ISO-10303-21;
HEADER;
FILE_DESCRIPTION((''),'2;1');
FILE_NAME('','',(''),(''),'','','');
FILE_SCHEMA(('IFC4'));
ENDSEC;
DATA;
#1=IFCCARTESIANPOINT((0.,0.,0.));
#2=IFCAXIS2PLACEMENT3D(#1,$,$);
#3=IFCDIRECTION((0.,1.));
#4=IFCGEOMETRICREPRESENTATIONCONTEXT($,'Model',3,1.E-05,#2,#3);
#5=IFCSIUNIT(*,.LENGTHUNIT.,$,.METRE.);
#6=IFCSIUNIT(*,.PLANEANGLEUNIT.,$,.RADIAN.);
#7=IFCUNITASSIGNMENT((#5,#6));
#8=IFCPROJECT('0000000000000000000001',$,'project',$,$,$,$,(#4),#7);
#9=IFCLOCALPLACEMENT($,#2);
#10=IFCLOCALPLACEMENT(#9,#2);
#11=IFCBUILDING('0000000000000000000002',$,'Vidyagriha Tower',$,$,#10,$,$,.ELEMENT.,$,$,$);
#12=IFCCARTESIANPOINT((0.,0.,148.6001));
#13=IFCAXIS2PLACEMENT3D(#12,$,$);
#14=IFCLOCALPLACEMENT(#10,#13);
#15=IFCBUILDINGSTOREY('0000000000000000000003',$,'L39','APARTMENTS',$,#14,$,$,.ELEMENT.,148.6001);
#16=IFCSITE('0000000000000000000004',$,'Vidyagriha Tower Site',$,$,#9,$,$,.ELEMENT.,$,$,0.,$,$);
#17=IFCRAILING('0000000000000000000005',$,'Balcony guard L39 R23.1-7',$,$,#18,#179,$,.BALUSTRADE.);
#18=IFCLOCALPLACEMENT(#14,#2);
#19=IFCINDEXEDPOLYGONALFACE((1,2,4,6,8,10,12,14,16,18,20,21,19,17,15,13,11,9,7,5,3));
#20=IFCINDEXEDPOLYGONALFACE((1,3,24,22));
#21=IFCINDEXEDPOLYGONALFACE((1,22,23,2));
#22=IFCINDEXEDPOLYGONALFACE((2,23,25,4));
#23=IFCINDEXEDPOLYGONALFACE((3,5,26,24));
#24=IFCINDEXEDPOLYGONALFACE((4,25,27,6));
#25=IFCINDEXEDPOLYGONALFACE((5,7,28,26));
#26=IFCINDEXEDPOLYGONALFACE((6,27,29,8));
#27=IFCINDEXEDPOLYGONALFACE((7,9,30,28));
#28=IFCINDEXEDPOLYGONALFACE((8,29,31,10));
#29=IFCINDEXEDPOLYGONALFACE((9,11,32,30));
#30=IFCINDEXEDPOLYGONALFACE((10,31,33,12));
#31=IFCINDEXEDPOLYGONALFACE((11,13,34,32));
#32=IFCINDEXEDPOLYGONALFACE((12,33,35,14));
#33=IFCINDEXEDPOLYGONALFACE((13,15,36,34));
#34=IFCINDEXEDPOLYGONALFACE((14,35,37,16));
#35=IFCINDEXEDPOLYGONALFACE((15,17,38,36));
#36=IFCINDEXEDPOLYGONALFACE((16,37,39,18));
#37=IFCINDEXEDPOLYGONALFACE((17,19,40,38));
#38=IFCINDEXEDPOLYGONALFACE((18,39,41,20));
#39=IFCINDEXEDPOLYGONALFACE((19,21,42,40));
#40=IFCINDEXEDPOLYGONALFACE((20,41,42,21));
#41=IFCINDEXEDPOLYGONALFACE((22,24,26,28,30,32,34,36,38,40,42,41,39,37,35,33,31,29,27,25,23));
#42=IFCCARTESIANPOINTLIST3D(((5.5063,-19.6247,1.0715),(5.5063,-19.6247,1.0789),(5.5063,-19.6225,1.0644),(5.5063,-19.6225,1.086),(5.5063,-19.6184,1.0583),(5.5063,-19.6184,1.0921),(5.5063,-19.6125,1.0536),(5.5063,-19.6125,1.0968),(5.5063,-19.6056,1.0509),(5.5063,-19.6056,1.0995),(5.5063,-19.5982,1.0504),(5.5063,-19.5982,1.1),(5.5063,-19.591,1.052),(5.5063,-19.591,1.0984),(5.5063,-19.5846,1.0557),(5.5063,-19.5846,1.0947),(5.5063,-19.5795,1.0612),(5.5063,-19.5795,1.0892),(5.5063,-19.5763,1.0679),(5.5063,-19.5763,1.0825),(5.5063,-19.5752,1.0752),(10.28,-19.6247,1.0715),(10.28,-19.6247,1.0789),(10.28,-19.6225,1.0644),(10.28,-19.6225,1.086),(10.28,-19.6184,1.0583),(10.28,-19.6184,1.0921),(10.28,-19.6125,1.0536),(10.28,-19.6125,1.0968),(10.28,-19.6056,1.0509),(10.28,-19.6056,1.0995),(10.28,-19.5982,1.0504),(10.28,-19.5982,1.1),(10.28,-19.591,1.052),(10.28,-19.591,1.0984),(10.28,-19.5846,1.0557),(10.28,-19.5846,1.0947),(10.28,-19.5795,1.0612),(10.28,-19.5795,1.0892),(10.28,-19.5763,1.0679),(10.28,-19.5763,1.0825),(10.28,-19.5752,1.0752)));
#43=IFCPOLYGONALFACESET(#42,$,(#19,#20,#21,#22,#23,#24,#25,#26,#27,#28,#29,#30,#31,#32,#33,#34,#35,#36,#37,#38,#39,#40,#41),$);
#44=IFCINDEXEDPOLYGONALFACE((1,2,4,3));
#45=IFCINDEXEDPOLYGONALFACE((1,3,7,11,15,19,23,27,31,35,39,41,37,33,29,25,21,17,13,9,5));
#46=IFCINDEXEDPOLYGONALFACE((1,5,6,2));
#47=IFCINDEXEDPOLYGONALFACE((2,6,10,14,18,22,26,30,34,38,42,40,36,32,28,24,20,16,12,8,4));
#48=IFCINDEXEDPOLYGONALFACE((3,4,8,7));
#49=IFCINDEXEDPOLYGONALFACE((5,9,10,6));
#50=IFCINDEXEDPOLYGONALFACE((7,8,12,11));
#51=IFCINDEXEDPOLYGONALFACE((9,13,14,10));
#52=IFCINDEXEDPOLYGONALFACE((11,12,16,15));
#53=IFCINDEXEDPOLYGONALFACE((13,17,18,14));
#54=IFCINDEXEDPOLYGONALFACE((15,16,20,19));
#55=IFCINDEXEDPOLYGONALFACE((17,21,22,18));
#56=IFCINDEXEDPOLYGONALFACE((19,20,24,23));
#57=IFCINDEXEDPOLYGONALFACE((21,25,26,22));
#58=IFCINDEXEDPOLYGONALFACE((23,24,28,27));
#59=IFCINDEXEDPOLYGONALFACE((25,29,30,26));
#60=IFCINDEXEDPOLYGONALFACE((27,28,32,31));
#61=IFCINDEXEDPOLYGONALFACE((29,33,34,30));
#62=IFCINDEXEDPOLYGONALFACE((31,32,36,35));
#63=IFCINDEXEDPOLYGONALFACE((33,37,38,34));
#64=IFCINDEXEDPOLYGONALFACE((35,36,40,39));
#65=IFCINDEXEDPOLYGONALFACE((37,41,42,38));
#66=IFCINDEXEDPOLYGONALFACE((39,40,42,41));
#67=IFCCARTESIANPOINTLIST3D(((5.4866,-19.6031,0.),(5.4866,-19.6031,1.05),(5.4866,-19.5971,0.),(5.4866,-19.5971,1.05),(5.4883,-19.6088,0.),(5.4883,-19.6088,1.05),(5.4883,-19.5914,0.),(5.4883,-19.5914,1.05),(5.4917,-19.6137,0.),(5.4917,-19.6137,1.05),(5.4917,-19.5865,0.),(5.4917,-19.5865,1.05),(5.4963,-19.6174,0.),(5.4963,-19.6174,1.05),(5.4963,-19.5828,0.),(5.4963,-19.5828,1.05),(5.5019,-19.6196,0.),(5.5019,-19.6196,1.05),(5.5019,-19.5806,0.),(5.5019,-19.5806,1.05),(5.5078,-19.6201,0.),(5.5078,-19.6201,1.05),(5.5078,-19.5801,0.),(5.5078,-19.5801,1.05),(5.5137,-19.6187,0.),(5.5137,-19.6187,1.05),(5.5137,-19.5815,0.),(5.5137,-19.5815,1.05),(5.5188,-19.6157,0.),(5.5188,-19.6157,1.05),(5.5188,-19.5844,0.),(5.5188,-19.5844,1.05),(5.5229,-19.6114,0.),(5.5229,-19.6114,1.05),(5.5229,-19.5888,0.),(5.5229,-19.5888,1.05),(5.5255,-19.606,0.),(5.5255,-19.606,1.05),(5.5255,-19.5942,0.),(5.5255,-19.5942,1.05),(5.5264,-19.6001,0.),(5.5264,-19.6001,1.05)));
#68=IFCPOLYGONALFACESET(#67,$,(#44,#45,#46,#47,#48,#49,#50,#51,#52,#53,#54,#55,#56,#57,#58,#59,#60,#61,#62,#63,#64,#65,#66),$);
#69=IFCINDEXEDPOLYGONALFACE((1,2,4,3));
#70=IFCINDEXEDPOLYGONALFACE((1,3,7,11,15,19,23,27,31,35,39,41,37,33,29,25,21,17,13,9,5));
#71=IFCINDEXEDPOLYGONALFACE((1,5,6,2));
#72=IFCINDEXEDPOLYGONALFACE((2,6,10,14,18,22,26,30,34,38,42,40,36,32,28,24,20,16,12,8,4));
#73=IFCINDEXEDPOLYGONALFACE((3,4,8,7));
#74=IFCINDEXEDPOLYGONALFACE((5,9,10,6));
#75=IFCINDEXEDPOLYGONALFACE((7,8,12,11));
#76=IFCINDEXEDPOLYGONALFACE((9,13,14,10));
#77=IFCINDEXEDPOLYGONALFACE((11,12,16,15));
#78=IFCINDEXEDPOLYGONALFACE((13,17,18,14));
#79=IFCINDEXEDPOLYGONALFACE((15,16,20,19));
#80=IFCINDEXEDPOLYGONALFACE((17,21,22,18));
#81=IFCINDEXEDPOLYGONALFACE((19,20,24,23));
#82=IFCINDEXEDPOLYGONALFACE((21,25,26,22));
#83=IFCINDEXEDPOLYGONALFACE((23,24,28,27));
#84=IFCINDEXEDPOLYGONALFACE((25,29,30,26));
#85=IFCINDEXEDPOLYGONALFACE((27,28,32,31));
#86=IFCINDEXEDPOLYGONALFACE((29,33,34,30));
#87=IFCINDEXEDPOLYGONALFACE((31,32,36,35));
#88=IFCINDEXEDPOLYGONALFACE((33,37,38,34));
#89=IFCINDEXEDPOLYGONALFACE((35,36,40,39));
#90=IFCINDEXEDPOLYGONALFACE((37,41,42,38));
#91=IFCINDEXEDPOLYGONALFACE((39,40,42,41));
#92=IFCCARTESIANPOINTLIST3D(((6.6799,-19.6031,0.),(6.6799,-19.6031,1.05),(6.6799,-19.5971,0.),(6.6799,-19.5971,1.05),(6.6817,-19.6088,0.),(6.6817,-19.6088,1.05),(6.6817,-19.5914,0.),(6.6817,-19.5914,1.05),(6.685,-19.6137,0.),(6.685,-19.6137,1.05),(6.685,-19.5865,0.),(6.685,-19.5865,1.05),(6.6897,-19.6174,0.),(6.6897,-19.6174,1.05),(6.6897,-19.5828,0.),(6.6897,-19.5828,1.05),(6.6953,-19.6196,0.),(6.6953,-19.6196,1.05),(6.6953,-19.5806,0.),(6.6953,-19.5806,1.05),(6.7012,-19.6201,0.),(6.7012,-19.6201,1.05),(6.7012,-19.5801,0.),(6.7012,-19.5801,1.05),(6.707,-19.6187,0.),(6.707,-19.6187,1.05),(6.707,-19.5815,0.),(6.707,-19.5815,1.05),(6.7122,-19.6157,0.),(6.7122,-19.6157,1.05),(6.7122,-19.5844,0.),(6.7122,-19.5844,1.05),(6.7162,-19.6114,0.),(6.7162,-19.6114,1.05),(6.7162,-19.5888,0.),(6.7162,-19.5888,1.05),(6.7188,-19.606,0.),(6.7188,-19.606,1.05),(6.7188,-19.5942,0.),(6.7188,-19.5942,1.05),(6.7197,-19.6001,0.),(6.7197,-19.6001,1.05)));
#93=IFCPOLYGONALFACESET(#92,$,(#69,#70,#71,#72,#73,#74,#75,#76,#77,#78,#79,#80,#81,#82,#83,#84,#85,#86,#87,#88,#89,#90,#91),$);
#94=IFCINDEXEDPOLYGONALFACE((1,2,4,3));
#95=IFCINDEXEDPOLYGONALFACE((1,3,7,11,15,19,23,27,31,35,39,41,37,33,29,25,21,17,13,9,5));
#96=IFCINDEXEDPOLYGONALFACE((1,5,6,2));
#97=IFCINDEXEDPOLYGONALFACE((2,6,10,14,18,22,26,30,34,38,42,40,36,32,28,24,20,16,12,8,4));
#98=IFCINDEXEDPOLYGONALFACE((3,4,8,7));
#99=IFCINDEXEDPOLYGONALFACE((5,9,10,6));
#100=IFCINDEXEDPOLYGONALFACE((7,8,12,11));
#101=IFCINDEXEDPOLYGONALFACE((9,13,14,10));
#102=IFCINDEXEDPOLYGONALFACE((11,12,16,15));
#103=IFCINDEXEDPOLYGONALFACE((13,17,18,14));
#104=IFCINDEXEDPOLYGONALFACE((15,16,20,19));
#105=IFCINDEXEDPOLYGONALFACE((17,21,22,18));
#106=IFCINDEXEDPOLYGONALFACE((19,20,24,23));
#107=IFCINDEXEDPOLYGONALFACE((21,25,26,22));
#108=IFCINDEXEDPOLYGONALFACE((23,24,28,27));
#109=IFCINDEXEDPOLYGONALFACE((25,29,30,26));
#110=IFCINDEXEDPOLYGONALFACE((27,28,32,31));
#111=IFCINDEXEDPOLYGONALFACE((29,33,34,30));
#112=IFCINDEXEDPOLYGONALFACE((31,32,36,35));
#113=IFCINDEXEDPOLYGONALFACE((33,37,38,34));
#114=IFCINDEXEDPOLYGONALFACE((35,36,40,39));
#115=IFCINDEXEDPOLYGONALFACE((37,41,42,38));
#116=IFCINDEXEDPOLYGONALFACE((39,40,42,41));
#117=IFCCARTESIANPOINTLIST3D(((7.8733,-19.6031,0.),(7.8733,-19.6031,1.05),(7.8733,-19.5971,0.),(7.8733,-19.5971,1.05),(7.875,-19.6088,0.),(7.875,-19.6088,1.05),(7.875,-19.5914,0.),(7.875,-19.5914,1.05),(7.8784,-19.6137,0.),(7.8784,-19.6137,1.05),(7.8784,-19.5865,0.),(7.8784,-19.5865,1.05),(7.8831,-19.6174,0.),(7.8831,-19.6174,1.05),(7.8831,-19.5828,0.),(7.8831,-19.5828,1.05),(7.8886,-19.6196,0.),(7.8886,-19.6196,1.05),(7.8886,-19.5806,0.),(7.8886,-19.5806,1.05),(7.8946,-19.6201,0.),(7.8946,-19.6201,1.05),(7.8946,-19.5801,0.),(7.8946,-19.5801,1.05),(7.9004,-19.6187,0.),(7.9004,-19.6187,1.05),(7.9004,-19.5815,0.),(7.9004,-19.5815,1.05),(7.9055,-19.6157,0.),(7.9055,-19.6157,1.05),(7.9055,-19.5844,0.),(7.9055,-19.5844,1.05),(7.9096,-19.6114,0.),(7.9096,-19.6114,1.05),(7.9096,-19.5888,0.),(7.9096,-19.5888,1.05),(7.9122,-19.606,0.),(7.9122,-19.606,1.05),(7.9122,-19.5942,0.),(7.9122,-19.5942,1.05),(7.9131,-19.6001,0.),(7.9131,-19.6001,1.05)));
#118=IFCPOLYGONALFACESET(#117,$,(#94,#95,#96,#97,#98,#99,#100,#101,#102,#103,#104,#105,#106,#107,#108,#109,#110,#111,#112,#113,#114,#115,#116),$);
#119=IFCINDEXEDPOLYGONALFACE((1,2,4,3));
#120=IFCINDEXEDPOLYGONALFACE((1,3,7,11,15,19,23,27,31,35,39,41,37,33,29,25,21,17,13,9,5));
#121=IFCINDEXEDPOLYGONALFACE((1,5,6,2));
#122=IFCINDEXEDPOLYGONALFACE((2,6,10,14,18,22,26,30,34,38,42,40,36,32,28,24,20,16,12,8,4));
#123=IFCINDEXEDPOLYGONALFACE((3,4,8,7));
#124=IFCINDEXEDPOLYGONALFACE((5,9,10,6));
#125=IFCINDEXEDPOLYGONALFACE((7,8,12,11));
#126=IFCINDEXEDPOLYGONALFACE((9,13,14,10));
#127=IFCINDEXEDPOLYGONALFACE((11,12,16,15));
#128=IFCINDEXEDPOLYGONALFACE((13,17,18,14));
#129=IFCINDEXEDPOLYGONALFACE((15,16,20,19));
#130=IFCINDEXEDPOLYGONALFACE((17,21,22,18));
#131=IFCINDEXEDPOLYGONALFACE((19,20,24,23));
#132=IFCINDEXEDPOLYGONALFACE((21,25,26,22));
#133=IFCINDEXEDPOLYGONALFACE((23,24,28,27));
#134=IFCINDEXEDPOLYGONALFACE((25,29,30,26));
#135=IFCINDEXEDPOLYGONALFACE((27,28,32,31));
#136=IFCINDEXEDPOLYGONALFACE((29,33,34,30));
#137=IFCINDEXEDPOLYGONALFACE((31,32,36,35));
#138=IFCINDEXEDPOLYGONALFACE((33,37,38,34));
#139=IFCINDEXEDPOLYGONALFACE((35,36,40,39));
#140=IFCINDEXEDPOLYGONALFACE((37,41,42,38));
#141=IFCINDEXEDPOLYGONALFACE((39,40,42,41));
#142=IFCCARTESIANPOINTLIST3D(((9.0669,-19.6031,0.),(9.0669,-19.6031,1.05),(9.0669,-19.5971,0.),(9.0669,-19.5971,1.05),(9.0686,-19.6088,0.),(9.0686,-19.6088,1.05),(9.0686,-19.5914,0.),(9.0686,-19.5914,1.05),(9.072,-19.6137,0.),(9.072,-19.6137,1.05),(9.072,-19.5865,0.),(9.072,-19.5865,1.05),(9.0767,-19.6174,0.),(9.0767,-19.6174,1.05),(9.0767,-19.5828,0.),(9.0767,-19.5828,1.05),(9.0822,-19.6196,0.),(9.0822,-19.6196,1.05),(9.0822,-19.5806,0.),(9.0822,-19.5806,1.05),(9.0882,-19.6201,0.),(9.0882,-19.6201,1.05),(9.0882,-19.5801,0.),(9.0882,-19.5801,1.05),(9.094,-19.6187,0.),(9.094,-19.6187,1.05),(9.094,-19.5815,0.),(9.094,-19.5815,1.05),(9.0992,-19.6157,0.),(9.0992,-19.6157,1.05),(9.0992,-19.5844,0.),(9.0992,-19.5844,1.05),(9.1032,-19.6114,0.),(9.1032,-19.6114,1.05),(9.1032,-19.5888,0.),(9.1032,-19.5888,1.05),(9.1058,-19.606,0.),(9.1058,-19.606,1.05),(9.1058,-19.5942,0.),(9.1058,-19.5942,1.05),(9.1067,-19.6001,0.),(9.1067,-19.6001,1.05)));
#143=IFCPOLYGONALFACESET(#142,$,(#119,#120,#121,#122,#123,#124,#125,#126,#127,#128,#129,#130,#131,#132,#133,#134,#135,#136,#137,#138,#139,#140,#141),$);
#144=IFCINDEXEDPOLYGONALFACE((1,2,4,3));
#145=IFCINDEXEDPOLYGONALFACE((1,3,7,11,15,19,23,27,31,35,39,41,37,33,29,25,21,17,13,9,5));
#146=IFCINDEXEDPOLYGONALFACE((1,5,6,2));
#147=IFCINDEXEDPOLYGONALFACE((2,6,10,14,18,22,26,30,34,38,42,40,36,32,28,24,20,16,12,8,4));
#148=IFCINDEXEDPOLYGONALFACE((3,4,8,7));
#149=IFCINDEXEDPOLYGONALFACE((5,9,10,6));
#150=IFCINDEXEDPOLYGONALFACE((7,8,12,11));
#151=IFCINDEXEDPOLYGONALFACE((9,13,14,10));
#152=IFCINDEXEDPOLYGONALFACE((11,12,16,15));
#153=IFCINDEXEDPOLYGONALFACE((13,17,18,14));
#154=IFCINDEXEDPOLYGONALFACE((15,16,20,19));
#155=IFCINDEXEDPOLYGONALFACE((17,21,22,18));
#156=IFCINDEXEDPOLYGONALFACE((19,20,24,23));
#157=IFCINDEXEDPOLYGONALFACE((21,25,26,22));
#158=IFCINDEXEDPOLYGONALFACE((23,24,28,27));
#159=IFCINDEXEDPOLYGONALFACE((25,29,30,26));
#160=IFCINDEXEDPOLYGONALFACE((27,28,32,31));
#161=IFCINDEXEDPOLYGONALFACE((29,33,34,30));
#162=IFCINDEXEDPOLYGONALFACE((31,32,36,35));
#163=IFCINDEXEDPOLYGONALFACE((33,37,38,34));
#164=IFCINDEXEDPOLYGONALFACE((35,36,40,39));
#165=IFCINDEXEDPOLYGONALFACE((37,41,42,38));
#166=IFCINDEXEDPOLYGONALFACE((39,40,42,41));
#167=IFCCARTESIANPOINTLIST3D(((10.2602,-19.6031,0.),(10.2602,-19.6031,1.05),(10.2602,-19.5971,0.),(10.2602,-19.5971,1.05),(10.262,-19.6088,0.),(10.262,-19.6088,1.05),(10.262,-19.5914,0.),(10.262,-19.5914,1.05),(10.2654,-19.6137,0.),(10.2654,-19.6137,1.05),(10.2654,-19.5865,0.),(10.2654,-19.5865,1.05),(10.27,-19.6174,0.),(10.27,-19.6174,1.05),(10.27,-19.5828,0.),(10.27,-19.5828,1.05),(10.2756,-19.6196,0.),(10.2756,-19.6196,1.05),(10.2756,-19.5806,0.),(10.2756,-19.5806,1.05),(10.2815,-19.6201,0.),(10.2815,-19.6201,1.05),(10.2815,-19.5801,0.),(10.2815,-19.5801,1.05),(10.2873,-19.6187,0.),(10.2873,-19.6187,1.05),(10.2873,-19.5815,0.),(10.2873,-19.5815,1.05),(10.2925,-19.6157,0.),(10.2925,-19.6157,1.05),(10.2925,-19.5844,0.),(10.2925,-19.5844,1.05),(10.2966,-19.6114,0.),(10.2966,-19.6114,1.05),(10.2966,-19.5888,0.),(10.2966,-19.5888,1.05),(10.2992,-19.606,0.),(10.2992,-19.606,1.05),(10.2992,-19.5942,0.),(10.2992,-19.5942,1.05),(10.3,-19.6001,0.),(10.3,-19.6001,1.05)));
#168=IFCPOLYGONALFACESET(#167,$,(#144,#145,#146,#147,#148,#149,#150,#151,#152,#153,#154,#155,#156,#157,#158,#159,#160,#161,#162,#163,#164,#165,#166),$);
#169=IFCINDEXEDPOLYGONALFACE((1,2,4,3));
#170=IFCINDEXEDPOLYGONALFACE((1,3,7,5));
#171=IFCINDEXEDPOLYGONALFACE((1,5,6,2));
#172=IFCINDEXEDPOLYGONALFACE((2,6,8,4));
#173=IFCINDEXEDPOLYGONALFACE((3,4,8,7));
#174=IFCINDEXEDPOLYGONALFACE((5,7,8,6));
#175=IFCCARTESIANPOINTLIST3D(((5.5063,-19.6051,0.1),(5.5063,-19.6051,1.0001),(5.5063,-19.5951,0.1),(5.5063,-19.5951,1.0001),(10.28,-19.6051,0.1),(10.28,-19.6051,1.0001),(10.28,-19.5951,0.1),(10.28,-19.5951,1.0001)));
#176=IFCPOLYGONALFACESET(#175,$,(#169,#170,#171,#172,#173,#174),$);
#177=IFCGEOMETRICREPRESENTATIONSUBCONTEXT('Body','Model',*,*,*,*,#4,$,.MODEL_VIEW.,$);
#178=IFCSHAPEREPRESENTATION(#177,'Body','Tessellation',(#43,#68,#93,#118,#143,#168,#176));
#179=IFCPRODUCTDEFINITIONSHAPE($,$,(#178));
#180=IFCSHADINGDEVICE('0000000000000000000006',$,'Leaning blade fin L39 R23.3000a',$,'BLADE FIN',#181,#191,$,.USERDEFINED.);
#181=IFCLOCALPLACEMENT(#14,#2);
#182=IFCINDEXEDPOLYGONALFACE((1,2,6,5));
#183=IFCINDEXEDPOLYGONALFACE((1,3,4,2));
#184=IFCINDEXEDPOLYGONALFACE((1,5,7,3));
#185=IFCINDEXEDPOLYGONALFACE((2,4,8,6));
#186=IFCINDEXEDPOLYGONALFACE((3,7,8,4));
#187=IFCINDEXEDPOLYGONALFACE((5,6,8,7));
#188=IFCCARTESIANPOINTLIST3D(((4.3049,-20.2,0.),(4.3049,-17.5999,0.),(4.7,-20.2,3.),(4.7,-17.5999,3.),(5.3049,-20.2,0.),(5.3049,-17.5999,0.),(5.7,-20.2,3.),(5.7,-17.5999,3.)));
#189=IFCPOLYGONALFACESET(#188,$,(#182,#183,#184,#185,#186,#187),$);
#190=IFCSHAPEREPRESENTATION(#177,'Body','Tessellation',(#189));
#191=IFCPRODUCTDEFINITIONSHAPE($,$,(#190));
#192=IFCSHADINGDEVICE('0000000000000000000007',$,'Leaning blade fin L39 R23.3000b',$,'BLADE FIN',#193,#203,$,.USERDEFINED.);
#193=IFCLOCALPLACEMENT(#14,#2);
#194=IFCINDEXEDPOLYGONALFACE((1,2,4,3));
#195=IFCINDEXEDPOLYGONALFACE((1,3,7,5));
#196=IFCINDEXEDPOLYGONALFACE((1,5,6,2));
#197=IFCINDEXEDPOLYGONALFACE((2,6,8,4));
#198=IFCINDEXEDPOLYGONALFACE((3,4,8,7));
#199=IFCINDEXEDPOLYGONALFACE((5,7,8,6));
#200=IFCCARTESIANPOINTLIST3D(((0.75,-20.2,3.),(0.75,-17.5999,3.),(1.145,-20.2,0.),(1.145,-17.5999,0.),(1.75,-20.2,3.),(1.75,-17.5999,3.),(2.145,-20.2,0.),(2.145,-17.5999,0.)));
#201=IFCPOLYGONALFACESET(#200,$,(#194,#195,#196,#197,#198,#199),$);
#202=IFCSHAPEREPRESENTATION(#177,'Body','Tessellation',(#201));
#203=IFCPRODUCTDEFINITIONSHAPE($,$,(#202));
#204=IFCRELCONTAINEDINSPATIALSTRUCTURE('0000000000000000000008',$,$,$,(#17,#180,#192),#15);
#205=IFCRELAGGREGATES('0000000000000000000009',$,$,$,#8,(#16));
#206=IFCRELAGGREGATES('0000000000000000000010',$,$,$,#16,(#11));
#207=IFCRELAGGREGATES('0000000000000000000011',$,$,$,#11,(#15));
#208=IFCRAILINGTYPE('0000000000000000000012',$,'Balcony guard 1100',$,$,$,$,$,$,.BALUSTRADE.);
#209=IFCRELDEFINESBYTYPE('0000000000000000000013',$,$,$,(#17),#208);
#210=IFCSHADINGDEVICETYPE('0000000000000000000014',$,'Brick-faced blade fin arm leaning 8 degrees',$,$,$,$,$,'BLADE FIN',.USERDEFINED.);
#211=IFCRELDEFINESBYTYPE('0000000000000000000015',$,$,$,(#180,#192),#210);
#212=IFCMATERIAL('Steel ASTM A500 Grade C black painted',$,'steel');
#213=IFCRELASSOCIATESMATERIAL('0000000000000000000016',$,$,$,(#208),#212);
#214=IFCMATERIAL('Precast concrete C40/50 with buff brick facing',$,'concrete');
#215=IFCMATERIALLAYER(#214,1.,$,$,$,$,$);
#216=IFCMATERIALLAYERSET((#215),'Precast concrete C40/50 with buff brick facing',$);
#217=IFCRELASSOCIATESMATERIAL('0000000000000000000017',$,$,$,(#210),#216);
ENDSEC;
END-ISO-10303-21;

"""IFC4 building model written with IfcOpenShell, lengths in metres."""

from ifc_helpers import new_model, si_unit, direction, frame, origin, origin_2d, place, context, subcontext, project, spatial, polyline, rectangle, circle, outline, extrude, material, layer, layer_set, type_object, element, save


model = new_model("IFC4")

# Units and contexts
model_context = context("Model", 3, precision=1e-05, world=origin(), true_north=direction((0.0, 1.0)))
body_context = subcontext(model_context, "Body", "Model", "MODEL_VIEW")
ifc_project = project(units=[si_unit("LENGTHUNIT", "METRE"), si_unit("PLANEANGLEUNIT", "RADIAN")], contexts=[model_context])

# Site, building, storey
site_placement = place(None, origin())
site = spatial("IfcSite", under=ifc_project, at=site_placement, Name="Vidyagriha Tower Site", CompositionType="ELEMENT", RefElevation=0.0)
building_placement = place(site_placement, origin())
building = spatial("IfcBuilding", under=site, at=building_placement, Name="Vidyagriha Tower", CompositionType="ELEMENT")
storey_placement = place(building_placement, frame((0.0, 0.0, 148.6001)))
storey = spatial("IfcBuildingStorey", under=building, at=storey_placement, Name="L39", Description="APARTMENTS", CompositionType="ELEMENT", Elevation=148.6001)

# Railing
ifc_material_1 = material(Name="Steel ASTM A500 Grade C black painted", Category="steel")
railing_type = type_object("IfcRailingType", Name="Balcony guard 1100", PredefinedType="BALUSTRADE", material=ifc_material_1)
railing_1_placement = place(storey_placement, frame((5.5063, -19.6001, 0.0)))
element("IfcRailing", 1, at=railing_1_placement, inside=storey, type_object=railing_type, Name="Balcony guard L39 R23.1-7", PredefinedType="BALUSTRADE", context=body_context, shape_type="SweptSolid", body=[
    extrude(circle(Radius=0.0249, at=origin_2d()), frame((0.0, 0.0, 1.0752), z_axis=(1.0, 0.0, 0.0), x_axis=(0.0, 1.0, 0.0)), (0.0, 0.0, 1.0), 4.7737),
    extrude(circle(Radius=0.02, at=origin_2d()), origin(), (0.0, 0.0, 1.0), 1.05),
    extrude(circle(Radius=0.02, at=origin_2d()), frame((1.1934, 0.0, 0.0)), (0.0, 0.0, 1.0), 1.05),
    extrude(circle(Radius=0.02, at=origin_2d()), frame((2.3867, 0.0, 0.0)), (0.0, 0.0, 1.0), 1.05),
    extrude(circle(Radius=0.02, at=origin_2d()), frame((3.5803, 0.0, 0.0)), (0.0, 0.0, 1.0), 1.05),
    extrude(circle(Radius=0.02, at=origin_2d()), frame((4.7737, 0.0, 0.0)), (0.0, 0.0, 1.0), 1.05),
    extrude(rectangle(XDim=0.01, YDim=0.9001, at=origin_2d()), frame((0.0, 0.0, 0.55), z_axis=(1.0, 0.0, 0.0), x_axis=(0.0, 1.0, 0.0)), (0.0, 0.0, 1.0), 4.7737),
])

# Shading devices
ifc_material_2 = material(Name="Precast concrete C40/50 with buff brick facing", Category="concrete")
ifc_layer_1 = layer(ifc_material_2, 1.0)
ifc_layer_set_1 = layer_set([ifc_layer_1], Name="Precast concrete C40/50 with buff brick facing")
shading_device_type_1 = type_object("IfcShadingDeviceType", Name="Brick-faced blade fin arm leaning 8 degrees", ElementType="BLADE FIN", PredefinedType="USERDEFINED", material=ifc_layer_set_1)
shading_device_1_placement = place(storey_placement, frame((4.3049, -18.8999, 0.0)))
element("IfcShadingDevice", 2, at=shading_device_1_placement, inside=storey, type_object=shading_device_type_1, Name="Leaning blade fin L39 R23.3000a", ObjectType="BLADE FIN", PredefinedType="USERDEFINED", context=body_context, shape_type="SweptSolid", body=[
    extrude(outline(polyline([(0.0, 0.0), (1.0, 0.0), (1.395, 3.0), (0.395, 3.0), (0.0, 0.0)])), frame((0.0, 1.3, 0.0), z_axis=(0.0, -1.0, 0.0), x_axis=(1.0, 0.0, 0.0)), (0.0, 0.0, 1.0), 2.6001),
])
shading_device_2_placement = place(storey_placement, frame((0.75, -18.8999, 0.0)))
element("IfcShadingDevice", 3, at=shading_device_2_placement, inside=storey, type_object=shading_device_type_1, Name="Leaning blade fin L39 R23.3000b", ObjectType="BLADE FIN", PredefinedType="USERDEFINED", context=body_context, shape_type="SweptSolid", body=[
    extrude(outline(polyline([(0.395, 0.0), (1.395, 0.0), (1.0, 3.0), (0.0, 3.0), (0.395, 0.0)])), frame((0.0, 1.3, 0.0), z_axis=(0.0, -1.0, 0.0), x_axis=(1.0, 0.0, 0.0)), (0.0, 0.0, 1.0), 2.6001),
])

save(model, "model.ifc")
